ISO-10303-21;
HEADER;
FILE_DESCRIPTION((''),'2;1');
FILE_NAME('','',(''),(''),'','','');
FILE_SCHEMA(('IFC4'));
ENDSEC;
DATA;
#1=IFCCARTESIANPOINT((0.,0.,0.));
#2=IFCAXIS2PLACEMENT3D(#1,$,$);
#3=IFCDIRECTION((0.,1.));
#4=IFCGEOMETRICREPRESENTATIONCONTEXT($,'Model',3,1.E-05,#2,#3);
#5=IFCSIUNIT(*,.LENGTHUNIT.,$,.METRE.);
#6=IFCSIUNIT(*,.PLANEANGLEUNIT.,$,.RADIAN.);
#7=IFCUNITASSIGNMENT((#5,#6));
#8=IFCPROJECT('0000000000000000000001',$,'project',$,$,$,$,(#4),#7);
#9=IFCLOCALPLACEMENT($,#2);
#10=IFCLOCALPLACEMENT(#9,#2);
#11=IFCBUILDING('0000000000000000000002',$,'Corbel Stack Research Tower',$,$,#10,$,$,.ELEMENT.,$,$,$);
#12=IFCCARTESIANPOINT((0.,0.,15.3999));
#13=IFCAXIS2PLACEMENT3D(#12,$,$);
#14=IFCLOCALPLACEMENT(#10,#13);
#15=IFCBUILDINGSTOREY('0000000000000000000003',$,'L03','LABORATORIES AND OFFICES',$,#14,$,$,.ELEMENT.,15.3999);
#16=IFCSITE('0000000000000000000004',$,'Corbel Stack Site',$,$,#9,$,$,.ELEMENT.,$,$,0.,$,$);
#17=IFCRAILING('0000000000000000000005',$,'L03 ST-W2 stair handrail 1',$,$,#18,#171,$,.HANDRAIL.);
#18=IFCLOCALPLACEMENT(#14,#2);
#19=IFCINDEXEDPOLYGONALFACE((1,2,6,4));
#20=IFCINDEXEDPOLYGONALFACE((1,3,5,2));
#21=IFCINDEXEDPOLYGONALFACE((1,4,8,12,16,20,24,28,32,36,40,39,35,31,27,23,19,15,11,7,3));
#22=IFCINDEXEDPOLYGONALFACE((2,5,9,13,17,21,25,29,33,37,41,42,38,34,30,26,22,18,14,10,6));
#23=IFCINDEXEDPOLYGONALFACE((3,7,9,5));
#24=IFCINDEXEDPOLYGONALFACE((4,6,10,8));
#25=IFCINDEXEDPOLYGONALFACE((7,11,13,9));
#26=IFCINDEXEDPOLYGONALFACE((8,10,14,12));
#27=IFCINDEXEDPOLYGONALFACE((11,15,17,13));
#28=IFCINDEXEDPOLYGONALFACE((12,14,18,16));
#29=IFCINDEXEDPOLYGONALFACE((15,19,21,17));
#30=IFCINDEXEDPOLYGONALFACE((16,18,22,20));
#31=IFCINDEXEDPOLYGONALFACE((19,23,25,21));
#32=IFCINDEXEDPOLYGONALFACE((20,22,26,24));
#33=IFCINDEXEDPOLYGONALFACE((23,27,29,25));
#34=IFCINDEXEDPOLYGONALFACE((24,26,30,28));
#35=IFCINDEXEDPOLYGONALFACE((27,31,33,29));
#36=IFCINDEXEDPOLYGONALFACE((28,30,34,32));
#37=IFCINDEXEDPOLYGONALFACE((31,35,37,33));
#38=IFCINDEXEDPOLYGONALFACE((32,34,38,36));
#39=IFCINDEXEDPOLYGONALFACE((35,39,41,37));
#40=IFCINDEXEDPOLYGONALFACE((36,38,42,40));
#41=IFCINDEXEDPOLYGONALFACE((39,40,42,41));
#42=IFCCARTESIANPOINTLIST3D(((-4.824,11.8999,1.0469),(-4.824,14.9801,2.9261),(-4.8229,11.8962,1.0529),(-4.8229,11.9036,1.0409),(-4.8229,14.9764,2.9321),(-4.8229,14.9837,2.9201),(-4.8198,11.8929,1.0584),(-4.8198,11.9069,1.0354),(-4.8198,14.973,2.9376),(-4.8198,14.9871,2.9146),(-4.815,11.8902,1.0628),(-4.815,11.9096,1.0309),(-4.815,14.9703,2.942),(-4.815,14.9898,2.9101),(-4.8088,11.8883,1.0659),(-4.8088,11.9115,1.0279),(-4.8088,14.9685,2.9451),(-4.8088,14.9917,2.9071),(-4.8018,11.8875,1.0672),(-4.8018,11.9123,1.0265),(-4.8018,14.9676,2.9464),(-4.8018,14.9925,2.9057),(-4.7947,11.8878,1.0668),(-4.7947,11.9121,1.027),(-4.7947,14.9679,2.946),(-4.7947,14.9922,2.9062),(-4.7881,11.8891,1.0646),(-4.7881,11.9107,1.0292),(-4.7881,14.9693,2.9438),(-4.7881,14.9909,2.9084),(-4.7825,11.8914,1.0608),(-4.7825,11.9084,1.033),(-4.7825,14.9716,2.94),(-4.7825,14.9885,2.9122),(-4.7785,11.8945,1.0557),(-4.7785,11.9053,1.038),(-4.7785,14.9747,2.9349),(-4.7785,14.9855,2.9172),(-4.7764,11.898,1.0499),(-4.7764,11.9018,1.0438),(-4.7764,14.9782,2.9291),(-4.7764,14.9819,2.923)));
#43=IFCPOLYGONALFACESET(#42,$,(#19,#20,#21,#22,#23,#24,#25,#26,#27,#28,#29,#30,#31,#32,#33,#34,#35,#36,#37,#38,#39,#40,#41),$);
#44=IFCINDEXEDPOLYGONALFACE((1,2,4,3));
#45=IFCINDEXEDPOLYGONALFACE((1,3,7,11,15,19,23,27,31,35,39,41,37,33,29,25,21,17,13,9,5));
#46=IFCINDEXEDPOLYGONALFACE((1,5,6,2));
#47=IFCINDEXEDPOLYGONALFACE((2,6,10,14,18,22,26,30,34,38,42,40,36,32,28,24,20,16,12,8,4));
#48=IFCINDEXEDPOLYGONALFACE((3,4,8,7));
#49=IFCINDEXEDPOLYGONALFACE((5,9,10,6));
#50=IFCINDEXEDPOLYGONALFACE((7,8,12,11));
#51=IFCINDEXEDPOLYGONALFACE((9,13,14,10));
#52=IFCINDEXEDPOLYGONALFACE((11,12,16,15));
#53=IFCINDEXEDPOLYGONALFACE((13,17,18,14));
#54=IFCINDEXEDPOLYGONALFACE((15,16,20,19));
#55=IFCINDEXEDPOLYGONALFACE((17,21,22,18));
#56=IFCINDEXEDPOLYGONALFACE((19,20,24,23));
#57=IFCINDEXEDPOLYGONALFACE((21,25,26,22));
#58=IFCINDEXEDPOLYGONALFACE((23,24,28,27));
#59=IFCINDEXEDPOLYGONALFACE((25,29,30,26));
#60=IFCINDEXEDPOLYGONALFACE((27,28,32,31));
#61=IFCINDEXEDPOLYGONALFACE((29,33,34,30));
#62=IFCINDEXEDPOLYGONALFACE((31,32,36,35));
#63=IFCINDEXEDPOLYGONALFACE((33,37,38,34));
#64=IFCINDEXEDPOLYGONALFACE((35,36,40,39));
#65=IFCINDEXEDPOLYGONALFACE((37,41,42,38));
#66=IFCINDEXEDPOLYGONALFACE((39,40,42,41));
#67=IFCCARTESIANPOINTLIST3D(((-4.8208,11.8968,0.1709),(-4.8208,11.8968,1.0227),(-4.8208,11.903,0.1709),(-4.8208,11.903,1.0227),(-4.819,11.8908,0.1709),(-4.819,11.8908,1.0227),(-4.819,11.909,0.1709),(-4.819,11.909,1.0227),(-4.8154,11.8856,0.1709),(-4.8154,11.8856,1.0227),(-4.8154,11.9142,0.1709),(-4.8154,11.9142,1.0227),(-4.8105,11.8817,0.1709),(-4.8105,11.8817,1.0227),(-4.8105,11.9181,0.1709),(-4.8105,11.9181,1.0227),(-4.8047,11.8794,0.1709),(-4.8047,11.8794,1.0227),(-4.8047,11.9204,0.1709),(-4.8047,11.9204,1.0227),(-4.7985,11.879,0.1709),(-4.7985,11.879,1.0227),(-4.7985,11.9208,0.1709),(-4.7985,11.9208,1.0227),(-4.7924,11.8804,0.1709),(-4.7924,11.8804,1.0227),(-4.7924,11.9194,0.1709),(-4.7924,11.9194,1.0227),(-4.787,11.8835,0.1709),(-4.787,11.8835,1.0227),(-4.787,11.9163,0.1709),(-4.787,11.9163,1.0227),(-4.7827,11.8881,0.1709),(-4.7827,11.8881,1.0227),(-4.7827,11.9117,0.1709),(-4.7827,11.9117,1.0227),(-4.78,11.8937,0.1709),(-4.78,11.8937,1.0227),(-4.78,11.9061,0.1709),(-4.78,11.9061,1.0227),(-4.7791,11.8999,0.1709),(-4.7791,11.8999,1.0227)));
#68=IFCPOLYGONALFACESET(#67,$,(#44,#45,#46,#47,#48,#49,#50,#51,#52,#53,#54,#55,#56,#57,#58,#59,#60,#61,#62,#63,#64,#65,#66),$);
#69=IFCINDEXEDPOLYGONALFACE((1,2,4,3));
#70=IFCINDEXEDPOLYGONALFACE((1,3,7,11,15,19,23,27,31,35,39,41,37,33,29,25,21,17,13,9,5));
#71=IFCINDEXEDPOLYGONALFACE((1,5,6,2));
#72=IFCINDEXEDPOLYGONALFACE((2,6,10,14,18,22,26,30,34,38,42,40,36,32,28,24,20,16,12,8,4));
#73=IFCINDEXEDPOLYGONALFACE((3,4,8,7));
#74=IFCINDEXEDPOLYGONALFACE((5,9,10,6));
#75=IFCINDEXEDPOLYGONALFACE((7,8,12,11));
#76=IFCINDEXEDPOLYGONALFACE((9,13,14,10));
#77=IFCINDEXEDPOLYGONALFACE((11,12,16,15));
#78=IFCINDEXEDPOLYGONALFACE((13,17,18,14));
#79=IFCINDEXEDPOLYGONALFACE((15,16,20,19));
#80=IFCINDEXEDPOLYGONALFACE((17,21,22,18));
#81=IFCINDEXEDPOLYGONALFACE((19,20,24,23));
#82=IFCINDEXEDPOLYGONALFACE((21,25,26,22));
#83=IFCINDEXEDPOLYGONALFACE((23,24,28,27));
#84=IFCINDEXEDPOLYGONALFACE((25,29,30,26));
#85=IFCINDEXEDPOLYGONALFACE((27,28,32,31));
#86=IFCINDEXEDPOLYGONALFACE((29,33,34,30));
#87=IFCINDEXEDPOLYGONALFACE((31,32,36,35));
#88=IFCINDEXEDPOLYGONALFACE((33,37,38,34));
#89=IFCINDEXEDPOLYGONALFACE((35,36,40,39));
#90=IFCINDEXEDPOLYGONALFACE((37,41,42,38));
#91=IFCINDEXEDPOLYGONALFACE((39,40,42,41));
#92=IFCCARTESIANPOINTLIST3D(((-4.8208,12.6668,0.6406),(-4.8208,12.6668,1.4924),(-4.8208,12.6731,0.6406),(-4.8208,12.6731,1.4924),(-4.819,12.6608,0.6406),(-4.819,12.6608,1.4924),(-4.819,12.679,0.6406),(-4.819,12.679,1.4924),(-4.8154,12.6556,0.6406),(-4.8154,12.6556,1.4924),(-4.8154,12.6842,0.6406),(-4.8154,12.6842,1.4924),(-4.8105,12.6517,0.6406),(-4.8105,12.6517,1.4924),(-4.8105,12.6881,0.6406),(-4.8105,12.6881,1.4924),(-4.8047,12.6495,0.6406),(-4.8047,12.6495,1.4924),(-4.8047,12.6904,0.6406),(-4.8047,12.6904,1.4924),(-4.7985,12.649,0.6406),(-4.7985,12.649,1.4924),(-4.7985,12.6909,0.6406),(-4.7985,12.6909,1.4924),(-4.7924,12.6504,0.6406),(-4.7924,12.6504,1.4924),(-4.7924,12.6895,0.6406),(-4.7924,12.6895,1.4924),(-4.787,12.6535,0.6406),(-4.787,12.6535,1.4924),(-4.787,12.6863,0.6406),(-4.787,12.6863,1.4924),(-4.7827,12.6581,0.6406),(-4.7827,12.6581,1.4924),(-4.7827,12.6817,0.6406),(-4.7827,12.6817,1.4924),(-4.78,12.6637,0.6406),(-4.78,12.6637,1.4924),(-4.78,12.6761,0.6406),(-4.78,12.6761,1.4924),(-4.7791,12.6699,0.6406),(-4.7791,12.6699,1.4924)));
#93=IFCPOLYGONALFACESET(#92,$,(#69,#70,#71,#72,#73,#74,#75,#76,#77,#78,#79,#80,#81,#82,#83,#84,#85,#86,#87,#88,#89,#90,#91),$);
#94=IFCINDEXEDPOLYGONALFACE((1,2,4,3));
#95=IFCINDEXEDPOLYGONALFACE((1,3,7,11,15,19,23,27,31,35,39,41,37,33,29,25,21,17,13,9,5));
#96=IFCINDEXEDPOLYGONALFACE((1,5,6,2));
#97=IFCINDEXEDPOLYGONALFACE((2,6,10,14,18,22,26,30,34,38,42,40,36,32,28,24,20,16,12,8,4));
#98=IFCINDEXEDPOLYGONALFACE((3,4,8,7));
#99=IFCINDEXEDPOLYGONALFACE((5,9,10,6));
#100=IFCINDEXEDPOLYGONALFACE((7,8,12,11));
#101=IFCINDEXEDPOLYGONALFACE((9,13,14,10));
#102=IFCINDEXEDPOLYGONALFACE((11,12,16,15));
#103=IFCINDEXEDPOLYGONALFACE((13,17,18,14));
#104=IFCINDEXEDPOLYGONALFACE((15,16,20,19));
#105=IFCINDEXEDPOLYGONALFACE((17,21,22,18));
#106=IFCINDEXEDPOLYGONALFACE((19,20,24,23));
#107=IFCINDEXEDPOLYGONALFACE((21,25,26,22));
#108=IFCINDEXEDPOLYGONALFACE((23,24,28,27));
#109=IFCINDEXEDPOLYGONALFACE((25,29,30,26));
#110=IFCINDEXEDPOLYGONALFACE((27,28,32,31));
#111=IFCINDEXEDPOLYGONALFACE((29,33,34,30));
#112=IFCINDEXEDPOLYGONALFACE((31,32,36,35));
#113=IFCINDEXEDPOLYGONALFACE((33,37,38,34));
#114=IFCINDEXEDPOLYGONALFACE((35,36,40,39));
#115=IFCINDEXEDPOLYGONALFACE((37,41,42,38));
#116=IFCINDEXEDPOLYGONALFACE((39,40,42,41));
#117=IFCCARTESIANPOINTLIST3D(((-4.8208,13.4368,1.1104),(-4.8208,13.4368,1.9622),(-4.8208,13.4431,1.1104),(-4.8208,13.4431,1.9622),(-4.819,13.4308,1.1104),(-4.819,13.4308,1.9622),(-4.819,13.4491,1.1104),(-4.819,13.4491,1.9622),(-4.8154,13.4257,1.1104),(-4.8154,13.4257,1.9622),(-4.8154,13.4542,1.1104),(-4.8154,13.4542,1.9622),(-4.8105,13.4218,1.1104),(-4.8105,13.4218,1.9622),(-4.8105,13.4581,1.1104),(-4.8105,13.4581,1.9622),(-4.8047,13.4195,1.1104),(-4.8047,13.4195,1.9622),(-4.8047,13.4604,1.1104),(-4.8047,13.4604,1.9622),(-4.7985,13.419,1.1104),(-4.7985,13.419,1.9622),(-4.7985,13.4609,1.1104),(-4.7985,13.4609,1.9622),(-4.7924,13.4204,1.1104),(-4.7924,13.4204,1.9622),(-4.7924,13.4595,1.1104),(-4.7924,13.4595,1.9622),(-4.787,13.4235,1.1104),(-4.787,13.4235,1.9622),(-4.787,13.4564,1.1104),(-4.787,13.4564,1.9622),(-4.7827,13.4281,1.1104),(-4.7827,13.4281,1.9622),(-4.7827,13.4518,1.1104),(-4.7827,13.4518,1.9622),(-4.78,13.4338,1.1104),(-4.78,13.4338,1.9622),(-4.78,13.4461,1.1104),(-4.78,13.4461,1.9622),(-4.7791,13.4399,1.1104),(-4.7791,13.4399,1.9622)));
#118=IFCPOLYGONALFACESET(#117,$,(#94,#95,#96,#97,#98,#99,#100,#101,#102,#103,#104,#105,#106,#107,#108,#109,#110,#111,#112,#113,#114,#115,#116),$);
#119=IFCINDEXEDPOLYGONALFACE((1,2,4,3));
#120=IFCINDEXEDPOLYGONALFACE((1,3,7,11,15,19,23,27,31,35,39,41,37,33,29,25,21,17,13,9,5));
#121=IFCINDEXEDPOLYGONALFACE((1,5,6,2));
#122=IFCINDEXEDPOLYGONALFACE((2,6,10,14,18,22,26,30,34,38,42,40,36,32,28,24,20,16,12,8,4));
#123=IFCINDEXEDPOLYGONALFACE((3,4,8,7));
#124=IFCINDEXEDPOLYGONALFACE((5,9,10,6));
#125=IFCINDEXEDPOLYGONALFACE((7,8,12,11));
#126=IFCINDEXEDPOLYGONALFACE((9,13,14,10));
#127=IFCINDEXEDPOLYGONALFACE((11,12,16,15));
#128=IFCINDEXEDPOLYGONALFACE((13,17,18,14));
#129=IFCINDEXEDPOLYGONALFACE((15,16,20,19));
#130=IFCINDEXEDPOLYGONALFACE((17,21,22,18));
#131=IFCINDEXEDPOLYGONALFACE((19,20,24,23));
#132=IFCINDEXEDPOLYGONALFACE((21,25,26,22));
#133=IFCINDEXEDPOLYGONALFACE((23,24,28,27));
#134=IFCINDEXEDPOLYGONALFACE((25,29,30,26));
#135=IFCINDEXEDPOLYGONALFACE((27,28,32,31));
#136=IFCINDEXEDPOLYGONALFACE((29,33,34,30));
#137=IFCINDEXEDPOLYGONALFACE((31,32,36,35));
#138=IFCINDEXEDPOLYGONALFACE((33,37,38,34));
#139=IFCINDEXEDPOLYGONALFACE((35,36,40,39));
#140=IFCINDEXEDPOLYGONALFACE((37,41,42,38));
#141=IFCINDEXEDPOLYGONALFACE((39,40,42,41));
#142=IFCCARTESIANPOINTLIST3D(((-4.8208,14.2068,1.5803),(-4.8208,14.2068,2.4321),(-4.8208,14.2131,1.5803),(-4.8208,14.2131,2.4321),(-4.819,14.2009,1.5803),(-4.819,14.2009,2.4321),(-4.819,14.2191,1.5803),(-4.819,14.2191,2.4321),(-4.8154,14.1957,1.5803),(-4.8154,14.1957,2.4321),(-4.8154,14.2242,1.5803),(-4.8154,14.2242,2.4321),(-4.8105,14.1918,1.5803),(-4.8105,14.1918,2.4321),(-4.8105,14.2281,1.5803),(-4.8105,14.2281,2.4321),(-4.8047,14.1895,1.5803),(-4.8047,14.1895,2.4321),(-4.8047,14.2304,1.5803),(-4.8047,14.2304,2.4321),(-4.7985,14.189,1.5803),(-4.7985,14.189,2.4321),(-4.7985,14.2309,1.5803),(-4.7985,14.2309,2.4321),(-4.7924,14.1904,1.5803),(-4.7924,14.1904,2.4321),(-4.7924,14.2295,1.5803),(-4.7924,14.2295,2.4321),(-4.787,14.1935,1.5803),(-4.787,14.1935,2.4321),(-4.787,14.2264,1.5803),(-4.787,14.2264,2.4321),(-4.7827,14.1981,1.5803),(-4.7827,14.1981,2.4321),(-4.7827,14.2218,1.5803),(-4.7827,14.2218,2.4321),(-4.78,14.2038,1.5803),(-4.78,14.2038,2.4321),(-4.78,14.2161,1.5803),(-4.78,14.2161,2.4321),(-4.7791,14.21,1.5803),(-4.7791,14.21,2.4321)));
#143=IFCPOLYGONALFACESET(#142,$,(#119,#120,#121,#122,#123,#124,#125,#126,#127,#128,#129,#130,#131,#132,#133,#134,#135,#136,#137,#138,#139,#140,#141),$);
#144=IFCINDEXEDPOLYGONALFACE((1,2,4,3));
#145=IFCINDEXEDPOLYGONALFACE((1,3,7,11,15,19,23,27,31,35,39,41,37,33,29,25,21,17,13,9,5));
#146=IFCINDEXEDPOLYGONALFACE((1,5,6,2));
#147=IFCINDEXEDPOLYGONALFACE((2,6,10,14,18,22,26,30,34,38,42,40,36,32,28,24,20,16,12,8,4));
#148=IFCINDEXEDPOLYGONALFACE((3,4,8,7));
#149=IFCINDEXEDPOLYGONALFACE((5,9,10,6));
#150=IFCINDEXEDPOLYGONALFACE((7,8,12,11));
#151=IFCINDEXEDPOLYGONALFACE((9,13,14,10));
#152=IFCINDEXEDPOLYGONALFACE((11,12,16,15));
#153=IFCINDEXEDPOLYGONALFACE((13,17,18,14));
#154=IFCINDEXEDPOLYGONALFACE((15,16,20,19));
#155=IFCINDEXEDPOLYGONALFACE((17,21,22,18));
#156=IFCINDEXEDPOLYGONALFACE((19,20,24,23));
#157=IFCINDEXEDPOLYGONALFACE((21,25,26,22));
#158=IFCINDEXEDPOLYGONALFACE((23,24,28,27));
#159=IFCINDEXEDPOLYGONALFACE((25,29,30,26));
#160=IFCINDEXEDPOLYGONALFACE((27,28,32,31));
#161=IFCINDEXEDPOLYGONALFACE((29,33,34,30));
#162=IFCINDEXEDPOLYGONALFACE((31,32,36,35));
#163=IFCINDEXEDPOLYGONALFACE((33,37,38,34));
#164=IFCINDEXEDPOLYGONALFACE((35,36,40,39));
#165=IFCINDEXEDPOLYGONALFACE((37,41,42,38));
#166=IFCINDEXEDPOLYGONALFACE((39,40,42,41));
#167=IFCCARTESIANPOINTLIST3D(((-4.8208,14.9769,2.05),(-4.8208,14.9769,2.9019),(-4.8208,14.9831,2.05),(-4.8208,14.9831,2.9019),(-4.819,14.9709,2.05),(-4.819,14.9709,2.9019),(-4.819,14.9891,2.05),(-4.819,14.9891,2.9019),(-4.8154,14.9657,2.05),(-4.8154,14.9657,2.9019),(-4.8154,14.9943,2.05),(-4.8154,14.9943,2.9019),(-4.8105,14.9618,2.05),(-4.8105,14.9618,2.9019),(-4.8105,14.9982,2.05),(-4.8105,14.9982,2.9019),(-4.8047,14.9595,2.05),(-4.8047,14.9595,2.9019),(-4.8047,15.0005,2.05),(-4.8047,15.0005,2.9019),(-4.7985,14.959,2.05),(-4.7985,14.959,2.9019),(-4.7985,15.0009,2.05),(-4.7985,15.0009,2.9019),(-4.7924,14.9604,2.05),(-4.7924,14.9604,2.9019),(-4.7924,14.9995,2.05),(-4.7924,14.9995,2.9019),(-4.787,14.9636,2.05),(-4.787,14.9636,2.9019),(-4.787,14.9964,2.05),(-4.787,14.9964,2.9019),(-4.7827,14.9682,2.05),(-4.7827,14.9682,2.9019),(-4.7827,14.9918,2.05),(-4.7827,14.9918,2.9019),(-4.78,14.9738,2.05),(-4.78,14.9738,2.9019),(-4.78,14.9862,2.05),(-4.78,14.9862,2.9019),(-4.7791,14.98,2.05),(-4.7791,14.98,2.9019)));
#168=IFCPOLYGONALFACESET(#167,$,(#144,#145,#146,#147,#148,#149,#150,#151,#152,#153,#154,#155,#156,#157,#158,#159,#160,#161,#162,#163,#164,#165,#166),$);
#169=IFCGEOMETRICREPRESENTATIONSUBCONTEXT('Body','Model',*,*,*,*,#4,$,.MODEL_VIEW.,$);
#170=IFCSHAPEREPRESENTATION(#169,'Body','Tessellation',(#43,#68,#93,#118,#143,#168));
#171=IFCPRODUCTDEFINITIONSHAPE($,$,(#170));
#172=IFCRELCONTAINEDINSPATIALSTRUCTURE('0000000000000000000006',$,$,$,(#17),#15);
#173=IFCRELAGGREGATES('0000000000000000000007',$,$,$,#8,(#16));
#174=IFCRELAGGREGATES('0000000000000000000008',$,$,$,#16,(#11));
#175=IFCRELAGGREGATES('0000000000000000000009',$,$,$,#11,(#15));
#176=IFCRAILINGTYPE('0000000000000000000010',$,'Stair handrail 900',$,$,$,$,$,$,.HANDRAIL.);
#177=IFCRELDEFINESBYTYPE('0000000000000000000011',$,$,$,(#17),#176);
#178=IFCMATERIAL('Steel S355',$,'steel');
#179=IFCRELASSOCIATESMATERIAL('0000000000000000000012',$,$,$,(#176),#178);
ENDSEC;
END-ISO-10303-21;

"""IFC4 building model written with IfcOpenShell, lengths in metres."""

from ifc_helpers import new_model, si_unit, direction, frame, origin, origin_2d, place, context, subcontext, project, spatial, circle, extrude, material, type_object, element, save


model = new_model("IFC4")

# Units and contexts
model_context = context("Model", 3, precision=1e-05, world=origin(), true_north=direction((0.0, 1.0)))
body_context = subcontext(model_context, "Body", "Model", "MODEL_VIEW")
ifc_project = project(units=[si_unit("LENGTHUNIT", "METRE"), si_unit("PLANEANGLEUNIT", "RADIAN")], contexts=[model_context])

# Site, building, storey
site_placement = place(None, origin())
site = spatial("IfcSite", under=ifc_project, at=site_placement, Name="Corbel Stack Site", CompositionType="ELEMENT", RefElevation=0.0)
building_placement = place(site_placement, origin())
building = spatial("IfcBuilding", under=site, at=building_placement, Name="Corbel Stack Research Tower", CompositionType="ELEMENT")
storey_placement = place(building_placement, frame((0.0, 0.0, 15.3999)))
storey = spatial("IfcBuildingStorey", under=building, at=storey_placement, Name="L03", Description="LABORATORIES AND OFFICES", CompositionType="ELEMENT", Elevation=15.3999)

# Railing
ifc_material_1 = material(Name="Steel S355", Category="steel")
railing_type_1 = type_object("IfcRailingType", Name="Stair handrail 900", PredefinedType="HANDRAIL", material=ifc_material_1)
railing_1_placement = place(storey_placement, frame((-4.8, 11.8999, 0.1709)))
element("IfcRailing", 1, at=railing_1_placement, inside=storey, type_object=railing_type_1, Name="L03 ST-W2 stair handrail 1", PredefinedType="HANDRAIL", context=body_context, shape_type="SweptSolid", body=[
    extrude(circle(Radius=0.0239, at=origin_2d()), frame((0.0, 0.0, 0.876), z_axis=(0.0, 0.853666, 0.52082), x_axis=(-1.0, 0.0, 0.0)), (0.0, 0.0, 1.0), 3.6082),
    extrude(circle(Radius=0.021, at=origin_2d()), origin(), (0.0, 0.0, 1.0), 0.8518),
    extrude(circle(Radius=0.021, at=origin_2d()), frame((0.0, 0.77, 0.4697)), (0.0, 0.0, 1.0), 0.8518),
    extrude(circle(Radius=0.021, at=origin_2d()), frame((0.0, 1.54, 0.9395)), (0.0, 0.0, 1.0), 0.8518),
    extrude(circle(Radius=0.021, at=origin_2d()), frame((0.0, 2.3101, 1.4094)), (0.0, 0.0, 1.0), 0.8518),
    extrude(circle(Radius=0.021, at=origin_2d()), frame((0.0, 3.0801, 1.8792)), (0.0, 0.0, 1.0), 0.8518),
])

save(model, "model.ifc")
